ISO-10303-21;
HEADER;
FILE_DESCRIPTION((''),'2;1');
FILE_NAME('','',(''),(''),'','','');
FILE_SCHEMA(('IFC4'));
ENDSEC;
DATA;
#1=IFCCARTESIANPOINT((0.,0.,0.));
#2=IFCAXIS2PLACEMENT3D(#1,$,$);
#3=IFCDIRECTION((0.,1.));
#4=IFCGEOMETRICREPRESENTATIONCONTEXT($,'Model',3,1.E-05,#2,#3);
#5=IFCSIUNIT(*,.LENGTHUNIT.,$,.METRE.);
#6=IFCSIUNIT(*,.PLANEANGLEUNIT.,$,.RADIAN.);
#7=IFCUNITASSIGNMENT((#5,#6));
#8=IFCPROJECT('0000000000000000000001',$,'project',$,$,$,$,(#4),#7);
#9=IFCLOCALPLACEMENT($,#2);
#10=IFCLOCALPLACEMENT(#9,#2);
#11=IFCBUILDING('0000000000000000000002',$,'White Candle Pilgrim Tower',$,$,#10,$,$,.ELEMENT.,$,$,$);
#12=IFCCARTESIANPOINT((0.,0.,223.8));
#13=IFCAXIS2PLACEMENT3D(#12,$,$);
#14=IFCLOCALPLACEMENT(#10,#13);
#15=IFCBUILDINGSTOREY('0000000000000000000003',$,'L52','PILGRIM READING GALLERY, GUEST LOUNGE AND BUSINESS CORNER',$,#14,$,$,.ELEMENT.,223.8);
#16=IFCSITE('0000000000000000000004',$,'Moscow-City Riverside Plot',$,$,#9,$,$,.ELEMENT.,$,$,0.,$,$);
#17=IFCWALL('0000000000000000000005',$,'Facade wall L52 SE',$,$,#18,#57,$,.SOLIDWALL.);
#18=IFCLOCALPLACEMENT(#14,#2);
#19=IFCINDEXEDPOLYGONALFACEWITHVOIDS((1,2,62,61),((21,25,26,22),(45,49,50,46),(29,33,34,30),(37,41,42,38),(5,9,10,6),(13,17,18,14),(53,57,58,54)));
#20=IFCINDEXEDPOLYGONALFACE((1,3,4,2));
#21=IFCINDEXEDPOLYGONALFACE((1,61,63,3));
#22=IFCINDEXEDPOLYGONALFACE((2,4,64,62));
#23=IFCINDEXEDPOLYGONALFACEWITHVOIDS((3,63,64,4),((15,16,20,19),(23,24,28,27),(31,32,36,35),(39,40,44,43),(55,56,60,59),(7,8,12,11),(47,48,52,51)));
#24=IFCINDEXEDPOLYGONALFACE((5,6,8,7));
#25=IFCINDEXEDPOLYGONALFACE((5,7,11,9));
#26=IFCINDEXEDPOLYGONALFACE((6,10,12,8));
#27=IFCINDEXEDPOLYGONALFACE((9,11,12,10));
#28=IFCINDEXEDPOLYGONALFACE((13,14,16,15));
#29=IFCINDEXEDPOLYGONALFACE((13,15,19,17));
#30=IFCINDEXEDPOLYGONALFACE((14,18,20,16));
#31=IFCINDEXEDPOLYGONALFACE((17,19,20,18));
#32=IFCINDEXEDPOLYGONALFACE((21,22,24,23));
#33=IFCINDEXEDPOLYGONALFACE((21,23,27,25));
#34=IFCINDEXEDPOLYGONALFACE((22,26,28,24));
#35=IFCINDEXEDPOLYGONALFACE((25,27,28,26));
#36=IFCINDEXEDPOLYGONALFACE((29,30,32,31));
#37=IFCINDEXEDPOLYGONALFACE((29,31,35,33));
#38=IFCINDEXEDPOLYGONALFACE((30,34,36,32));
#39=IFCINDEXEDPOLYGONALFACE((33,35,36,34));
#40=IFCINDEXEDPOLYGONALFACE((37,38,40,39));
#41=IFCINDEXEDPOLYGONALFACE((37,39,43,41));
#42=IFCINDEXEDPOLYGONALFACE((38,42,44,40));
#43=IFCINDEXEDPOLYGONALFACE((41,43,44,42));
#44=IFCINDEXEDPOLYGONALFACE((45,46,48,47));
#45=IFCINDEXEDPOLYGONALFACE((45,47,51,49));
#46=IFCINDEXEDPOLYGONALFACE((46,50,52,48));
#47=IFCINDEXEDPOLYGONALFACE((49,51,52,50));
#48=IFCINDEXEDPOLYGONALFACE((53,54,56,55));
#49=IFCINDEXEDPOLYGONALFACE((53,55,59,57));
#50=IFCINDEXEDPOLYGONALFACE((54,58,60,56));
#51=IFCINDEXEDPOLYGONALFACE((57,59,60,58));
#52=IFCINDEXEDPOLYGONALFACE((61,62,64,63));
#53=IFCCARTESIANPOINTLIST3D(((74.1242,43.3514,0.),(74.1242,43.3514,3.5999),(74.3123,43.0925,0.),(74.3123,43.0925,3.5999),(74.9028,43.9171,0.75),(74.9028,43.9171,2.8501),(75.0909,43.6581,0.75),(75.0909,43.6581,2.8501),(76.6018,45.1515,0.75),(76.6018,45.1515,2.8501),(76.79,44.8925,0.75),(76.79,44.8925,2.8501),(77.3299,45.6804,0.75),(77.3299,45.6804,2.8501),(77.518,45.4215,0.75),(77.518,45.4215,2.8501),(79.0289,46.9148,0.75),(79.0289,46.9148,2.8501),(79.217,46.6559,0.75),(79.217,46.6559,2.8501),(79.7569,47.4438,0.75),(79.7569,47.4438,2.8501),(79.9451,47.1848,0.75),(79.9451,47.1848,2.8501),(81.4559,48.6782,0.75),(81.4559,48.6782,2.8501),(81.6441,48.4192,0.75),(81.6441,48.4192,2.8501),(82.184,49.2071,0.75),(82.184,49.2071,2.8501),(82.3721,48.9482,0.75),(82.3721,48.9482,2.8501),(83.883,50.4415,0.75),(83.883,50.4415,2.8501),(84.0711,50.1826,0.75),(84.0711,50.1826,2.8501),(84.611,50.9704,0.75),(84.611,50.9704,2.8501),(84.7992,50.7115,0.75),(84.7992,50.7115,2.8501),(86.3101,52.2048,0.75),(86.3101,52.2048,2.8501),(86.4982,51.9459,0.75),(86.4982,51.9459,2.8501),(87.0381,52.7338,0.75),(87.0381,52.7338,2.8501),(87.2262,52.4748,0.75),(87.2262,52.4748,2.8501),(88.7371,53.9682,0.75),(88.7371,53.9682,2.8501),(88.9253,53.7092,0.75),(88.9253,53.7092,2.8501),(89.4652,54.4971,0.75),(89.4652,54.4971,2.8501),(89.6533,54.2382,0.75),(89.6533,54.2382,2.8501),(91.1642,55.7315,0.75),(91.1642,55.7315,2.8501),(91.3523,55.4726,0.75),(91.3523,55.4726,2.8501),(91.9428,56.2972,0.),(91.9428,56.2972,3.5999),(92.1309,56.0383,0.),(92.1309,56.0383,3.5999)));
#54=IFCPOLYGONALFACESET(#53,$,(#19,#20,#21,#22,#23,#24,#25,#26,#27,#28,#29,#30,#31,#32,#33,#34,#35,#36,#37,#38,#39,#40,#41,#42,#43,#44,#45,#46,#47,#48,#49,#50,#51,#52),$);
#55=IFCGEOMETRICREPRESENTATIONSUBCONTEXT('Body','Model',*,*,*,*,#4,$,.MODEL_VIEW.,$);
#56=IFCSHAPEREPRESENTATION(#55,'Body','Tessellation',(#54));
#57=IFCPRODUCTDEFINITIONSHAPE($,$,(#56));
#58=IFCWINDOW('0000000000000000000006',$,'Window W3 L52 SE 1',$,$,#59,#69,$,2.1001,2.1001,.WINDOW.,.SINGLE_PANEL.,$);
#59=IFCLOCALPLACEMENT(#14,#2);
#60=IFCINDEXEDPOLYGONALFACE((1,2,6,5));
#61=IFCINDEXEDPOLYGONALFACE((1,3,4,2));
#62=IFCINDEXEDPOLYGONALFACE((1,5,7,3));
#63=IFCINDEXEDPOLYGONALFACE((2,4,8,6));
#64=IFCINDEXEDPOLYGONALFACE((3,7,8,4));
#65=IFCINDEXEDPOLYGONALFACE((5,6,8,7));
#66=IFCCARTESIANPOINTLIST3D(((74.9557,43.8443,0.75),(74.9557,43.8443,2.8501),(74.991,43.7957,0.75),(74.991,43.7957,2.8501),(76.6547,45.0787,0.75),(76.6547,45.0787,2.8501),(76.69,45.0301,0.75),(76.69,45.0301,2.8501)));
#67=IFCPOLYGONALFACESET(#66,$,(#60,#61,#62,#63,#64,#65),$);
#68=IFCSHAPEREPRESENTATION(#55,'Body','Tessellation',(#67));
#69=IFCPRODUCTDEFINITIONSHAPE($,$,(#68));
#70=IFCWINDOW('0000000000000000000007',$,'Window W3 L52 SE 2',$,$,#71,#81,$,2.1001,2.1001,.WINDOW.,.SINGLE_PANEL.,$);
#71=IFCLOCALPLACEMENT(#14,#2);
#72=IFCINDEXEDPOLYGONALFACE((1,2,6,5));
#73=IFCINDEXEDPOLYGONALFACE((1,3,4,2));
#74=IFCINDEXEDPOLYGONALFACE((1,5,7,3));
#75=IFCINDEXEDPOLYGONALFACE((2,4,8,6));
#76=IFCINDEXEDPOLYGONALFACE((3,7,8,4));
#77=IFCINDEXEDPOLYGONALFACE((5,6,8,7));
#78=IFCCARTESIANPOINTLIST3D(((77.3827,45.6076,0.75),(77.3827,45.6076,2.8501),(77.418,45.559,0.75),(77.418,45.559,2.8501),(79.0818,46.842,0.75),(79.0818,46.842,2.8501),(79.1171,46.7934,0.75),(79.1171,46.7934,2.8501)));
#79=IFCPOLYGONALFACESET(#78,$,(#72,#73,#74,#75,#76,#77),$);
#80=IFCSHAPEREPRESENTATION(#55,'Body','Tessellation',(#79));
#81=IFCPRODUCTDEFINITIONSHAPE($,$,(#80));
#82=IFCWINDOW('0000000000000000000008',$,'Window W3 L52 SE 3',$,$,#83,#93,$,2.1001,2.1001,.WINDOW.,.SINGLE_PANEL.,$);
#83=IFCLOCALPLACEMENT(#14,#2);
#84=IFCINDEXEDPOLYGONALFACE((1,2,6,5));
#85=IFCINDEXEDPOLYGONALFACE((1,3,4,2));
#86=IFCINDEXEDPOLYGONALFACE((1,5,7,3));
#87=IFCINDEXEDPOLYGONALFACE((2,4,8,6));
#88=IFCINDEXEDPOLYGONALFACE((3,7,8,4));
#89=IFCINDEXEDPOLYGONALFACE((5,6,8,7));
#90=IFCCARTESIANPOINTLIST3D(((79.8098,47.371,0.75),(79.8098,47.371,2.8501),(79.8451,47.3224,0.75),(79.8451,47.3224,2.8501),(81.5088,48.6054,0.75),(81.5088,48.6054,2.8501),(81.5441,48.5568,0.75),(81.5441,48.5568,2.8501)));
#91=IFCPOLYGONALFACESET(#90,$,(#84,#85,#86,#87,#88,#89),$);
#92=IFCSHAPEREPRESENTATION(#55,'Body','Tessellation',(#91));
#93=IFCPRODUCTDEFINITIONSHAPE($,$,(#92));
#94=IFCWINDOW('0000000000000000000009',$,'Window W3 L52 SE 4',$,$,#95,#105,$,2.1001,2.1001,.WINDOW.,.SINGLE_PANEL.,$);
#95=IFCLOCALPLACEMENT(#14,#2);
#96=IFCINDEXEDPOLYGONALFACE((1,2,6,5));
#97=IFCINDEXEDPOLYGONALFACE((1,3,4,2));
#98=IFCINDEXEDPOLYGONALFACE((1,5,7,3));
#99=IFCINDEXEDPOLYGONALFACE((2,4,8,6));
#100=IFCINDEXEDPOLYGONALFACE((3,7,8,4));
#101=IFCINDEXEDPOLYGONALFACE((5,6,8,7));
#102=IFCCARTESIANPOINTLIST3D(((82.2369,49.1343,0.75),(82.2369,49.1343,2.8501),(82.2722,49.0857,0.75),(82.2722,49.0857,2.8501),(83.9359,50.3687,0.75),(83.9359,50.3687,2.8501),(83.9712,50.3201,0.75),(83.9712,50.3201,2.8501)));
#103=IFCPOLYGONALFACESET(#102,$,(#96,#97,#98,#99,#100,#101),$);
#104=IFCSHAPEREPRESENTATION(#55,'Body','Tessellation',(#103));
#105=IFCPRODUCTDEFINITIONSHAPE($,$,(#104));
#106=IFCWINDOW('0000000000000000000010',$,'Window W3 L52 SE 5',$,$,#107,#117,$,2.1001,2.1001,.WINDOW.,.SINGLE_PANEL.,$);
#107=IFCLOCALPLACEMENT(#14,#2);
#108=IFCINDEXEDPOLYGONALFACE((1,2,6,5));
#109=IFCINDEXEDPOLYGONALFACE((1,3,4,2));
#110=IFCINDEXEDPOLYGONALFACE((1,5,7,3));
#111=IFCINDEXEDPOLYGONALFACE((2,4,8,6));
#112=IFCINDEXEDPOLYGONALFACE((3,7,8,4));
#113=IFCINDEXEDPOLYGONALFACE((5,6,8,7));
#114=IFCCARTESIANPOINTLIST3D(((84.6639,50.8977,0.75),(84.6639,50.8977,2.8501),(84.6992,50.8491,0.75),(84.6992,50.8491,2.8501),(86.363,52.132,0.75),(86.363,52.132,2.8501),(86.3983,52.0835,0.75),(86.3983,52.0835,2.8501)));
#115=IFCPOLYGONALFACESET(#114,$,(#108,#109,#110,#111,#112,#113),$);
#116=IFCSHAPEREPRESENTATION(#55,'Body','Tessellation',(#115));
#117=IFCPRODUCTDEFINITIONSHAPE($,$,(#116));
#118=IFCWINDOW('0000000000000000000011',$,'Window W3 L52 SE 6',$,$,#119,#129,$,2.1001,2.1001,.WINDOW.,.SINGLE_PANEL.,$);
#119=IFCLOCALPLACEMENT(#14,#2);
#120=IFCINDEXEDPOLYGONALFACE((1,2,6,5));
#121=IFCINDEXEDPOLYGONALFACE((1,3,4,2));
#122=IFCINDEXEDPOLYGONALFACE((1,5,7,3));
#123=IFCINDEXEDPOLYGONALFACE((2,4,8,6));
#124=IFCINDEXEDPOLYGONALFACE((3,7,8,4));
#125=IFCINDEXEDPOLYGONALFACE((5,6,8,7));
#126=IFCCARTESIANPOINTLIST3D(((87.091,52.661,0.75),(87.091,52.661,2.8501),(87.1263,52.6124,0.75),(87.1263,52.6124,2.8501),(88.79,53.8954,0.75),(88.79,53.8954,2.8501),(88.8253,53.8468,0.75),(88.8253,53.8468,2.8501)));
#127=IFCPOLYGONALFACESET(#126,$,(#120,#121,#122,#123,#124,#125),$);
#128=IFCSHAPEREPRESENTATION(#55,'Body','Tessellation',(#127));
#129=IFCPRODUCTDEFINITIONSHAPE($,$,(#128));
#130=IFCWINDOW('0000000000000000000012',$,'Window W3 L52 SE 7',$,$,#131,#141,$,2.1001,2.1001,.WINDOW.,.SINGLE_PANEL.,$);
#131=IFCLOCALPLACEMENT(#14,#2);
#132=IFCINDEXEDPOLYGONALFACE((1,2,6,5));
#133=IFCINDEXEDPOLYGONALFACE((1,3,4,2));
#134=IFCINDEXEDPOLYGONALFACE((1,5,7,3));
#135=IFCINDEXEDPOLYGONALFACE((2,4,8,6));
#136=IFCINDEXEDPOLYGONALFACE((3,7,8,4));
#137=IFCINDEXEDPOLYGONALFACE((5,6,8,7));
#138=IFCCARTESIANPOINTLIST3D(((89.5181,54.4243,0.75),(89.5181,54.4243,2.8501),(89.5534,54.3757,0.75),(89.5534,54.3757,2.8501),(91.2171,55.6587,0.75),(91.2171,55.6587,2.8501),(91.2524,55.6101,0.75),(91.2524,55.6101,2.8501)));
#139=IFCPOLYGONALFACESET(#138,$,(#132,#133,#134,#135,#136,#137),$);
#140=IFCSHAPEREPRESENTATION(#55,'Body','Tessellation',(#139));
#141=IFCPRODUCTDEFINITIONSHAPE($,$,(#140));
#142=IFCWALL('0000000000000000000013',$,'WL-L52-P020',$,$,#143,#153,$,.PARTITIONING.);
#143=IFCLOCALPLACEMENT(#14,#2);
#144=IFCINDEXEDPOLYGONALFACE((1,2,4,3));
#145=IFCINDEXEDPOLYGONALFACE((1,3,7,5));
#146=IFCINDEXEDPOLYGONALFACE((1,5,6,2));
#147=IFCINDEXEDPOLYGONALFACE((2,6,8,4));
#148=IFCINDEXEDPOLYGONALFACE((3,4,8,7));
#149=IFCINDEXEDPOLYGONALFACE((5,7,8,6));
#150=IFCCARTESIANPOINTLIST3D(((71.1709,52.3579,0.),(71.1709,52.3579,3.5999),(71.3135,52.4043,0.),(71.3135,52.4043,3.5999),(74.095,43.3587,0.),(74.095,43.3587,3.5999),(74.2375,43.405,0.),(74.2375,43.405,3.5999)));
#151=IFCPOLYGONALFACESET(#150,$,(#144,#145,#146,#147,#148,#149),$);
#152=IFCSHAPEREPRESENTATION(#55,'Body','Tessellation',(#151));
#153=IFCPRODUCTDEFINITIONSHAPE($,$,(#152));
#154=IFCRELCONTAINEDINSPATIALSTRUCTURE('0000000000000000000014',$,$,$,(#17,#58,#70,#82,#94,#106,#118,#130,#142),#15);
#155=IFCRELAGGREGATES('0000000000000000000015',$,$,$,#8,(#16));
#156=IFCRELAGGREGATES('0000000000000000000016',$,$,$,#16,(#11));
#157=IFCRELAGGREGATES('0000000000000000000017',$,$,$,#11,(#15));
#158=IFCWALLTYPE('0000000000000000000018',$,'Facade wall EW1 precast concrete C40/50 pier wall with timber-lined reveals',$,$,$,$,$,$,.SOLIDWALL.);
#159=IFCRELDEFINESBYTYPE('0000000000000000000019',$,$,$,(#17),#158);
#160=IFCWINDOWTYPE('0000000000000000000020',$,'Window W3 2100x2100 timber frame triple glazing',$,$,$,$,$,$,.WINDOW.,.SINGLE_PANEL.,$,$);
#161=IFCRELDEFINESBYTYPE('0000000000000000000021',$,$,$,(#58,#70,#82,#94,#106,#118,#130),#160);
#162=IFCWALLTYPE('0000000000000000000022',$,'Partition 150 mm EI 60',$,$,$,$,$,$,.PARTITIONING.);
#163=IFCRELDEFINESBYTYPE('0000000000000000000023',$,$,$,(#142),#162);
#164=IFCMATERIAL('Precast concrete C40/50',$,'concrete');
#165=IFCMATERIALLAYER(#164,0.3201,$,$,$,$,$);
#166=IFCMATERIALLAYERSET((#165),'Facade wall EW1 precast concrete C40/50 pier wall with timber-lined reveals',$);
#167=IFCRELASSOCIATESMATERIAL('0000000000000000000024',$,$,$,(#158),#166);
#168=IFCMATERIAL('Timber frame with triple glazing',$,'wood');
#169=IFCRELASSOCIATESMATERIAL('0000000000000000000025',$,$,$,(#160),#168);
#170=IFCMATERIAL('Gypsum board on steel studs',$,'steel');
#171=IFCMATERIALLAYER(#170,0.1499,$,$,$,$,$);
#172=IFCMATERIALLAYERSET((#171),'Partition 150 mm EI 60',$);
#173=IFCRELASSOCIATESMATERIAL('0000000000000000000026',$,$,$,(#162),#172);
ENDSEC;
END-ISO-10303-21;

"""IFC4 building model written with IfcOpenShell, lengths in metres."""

from ifc_helpers import new_model, si_unit, direction, frame, frame_2d, origin, place, context, subcontext, project, spatial, rectangle, extrude, material, layer, layer_set, type_object, element, fill, save


model = new_model("IFC4")

# Units and contexts
model_context = context("Model", 3, precision=1e-05, world=origin(), true_north=direction((0.0, 1.0)))
body_context = subcontext(model_context, "Body", "Model", "MODEL_VIEW")
ifc_project = project(units=[si_unit("LENGTHUNIT", "METRE"), si_unit("PLANEANGLEUNIT", "RADIAN")], contexts=[model_context])

# Site, building, storey
site_placement = place(None, origin())
site = spatial("IfcSite", under=ifc_project, at=site_placement, Name="Moscow-City Riverside Plot", CompositionType="ELEMENT", RefElevation=0.0)
building_placement = place(site_placement, origin())
building = spatial("IfcBuilding", under=site, at=building_placement, Name="White Candle Pilgrim Tower", CompositionType="ELEMENT")
storey_placement = place(building_placement, frame((0.0, 0.0, 223.8)))
storey = spatial("IfcBuildingStorey", under=building, at=storey_placement, Name="L52", Description="PILGRIM READING GALLERY, GUEST LOUNGE AND BUSINESS CORNER", CompositionType="ELEMENT", Elevation=223.8)

# Shared definitions
ifc_material_1 = material(Name="Gypsum board on steel studs", Category="steel")

# Wall, openings, windows
ifc_material_2 = material(Name="Precast concrete C40/50", Category="concrete")
ifc_layer_1 = layer(ifc_material_2, 0.3201)
ifc_layer_set_1 = layer_set([ifc_layer_1], Name="Facade wall EW1 precast concrete C40/50 pier wall with timber-lined reveals")
wall_type_1 = type_object("IfcWallType", Name="Facade wall EW1 precast concrete C40/50 pier wall with timber-lined reveals", PredefinedType="SOLIDWALL", material=ifc_layer_set_1)
wall_1_placement = place(storey_placement, frame((74.2183, 43.2219, 0.0), z_axis=(0.0, 0.0, 1.0), x_axis=(0.809021, 0.58778, 0.0)))
wall_1 = element("IfcWall", 1, at=wall_1_placement, inside=storey, type_object=wall_type_1, Name="Facade wall L52 SE", PredefinedType="SOLIDWALL", context=body_context, shape_type="SweptSolid", body=[
    extrude(rectangle(XDim=22.0249, YDim=0.3201, at=frame_2d((11.0125, 0.0))), origin(), (0.0, 0.0, 1.0), 3.5999),
])
opening_1_placement = place(wall_1_placement, frame((0.9624, 0.0, 0.75)))
opening_1 = element("IfcOpeningElement", 2, at=opening_1_placement, cuts=wall_1, PredefinedType="OPENING", context=body_context, shape_type="SweptSolid", body=[
    extrude(rectangle(XDim=2.1001, YDim=2.1001, at=frame_2d((1.05, 1.05))), frame((0.0, 0.1699, 0.0), z_axis=(0.0, -1.0, 0.0), x_axis=(1.0, 0.0, 0.0)), (0.0, 0.0, 1.0), 0.3401),
])
opening_2_placement = place(wall_1_placement, frame((3.9624, 0.0, 0.75)))
opening_2 = element("IfcOpeningElement", 3, at=opening_2_placement, cuts=wall_1, PredefinedType="OPENING", context=body_context, shape_type="SweptSolid", body=[
    extrude(rectangle(XDim=2.1001, YDim=2.1001, at=frame_2d((1.05, 1.05))), frame((0.0, 0.1699, 0.0), z_axis=(0.0, -1.0, 0.0), x_axis=(1.0, 0.0, 0.0)), (0.0, 0.0, 1.0), 0.3401),
])
opening_3_placement = place(wall_1_placement, frame((6.9624, 0.0, 0.75)))
opening_3 = element("IfcOpeningElement", 4, at=opening_3_placement, cuts=wall_1, PredefinedType="OPENING", context=body_context, shape_type="SweptSolid", body=[
    extrude(rectangle(XDim=2.1001, YDim=2.1001, at=frame_2d((1.05, 1.05))), frame((0.0, 0.1699, 0.0), z_axis=(0.0, -1.0, 0.0), x_axis=(1.0, 0.0, 0.0)), (0.0, 0.0, 1.0), 0.3401),
])
opening_4_placement = place(wall_1_placement, frame((9.9624, 0.0, 0.75)))
opening_4 = element("IfcOpeningElement", 5, at=opening_4_placement, cuts=wall_1, PredefinedType="OPENING", context=body_context, shape_type="SweptSolid", body=[
    extrude(rectangle(XDim=2.1001, YDim=2.1001, at=frame_2d((1.05, 1.05))), frame((0.0, 0.1699, 0.0), z_axis=(0.0, -1.0, 0.0), x_axis=(1.0, 0.0, 0.0)), (0.0, 0.0, 1.0), 0.3401),
])
opening_5_placement = place(wall_1_placement, frame((12.9624, 0.0, 0.75)))
opening_5 = element("IfcOpeningElement", 6, at=opening_5_placement, cuts=wall_1, PredefinedType="OPENING", context=body_context, shape_type="SweptSolid", body=[
    extrude(rectangle(XDim=2.1001, YDim=2.1001, at=frame_2d((1.05, 1.05))), frame((0.0, 0.1699, 0.0), z_axis=(0.0, -1.0, 0.0), x_axis=(1.0, 0.0, 0.0)), (0.0, 0.0, 1.0), 0.3401),
])
opening_6_placement = place(wall_1_placement, frame((15.9624, 0.0, 0.75)))
opening_6 = element("IfcOpeningElement", 7, at=opening_6_placement, cuts=wall_1, PredefinedType="OPENING", context=body_context, shape_type="SweptSolid", body=[
    extrude(rectangle(XDim=2.1001, YDim=2.1001, at=frame_2d((1.05, 1.05))), frame((0.0, 0.1699, 0.0), z_axis=(0.0, -1.0, 0.0), x_axis=(1.0, 0.0, 0.0)), (0.0, 0.0, 1.0), 0.3401),
])
opening_7_placement = place(wall_1_placement, frame((18.9624, 0.0, 0.75)))
opening_7 = element("IfcOpeningElement", 8, at=opening_7_placement, cuts=wall_1, PredefinedType="OPENING", context=body_context, shape_type="SweptSolid", body=[
    extrude(rectangle(XDim=2.1001, YDim=2.1001, at=frame_2d((1.05, 1.05))), frame((0.0, 0.1699, 0.0), z_axis=(0.0, -1.0, 0.0), x_axis=(1.0, 0.0, 0.0)), (0.0, 0.0, 1.0), 0.3401),
])
ifc_material_3 = material(Name="Timber frame with triple glazing", Category="wood")
window_type = type_object("IfcWindowType", Name="Window W3 2100x2100 timber frame triple glazing", PartitioningType="SINGLE_PANEL", PredefinedType="WINDOW", material=ifc_material_3)
window_1_placement = place(opening_1_placement, origin())
window_1 = element("IfcWindow", 9, at=window_1_placement, inside=storey, type_object=window_type, Name="Window W3 L52 SE 1", OverallHeight=2.1001, OverallWidth=2.1001, PartitioningType="SINGLE_PANEL", PredefinedType="WINDOW", context=body_context, shape_type="SweptSolid", body=[
    extrude(rectangle(XDim=2.1001, YDim=2.1001, at=frame_2d((1.05, 1.05))), frame((0.0, 0.0701, 0.0), z_axis=(0.0, -1.0, 0.0), x_axis=(1.0, 0.0, 0.0)), (0.0, 0.0, 1.0), 0.0601),
])
fill(opening_1, window_1)
window_2_placement = place(opening_2_placement, origin())
window_2 = element("IfcWindow", 10, at=window_2_placement, inside=storey, type_object=window_type, Name="Window W3 L52 SE 2", OverallHeight=2.1001, OverallWidth=2.1001, PartitioningType="SINGLE_PANEL", PredefinedType="WINDOW", context=body_context, shape_type="SweptSolid", body=[
    extrude(rectangle(XDim=2.1001, YDim=2.1001, at=frame_2d((1.05, 1.05))), frame((0.0, 0.0701, 0.0), z_axis=(0.0, -1.0, 0.0), x_axis=(1.0, 0.0, 0.0)), (0.0, 0.0, 1.0), 0.0601),
])
fill(opening_2, window_2)
window_3_placement = place(opening_3_placement, origin())
window_3 = element("IfcWindow", 11, at=window_3_placement, inside=storey, type_object=window_type, Name="Window W3 L52 SE 3", OverallHeight=2.1001, OverallWidth=2.1001, PartitioningType="SINGLE_PANEL", PredefinedType="WINDOW", context=body_context, shape_type="SweptSolid", body=[
    extrude(rectangle(XDim=2.1001, YDim=2.1001, at=frame_2d((1.05, 1.05))), frame((0.0, 0.0701, 0.0), z_axis=(0.0, -1.0, 0.0), x_axis=(1.0, 0.0, 0.0)), (0.0, 0.0, 1.0), 0.0601),
])
fill(opening_3, window_3)
window_4_placement = place(opening_4_placement, origin())
window_4 = element("IfcWindow", 12, at=window_4_placement, inside=storey, type_object=window_type, Name="Window W3 L52 SE 4", OverallHeight=2.1001, OverallWidth=2.1001, PartitioningType="SINGLE_PANEL", PredefinedType="WINDOW", context=body_context, shape_type="SweptSolid", body=[
    extrude(rectangle(XDim=2.1001, YDim=2.1001, at=frame_2d((1.05, 1.05))), frame((0.0, 0.0701, 0.0), z_axis=(0.0, -1.0, 0.0), x_axis=(1.0, 0.0, 0.0)), (0.0, 0.0, 1.0), 0.0601),
])
fill(opening_4, window_4)
window_5_placement = place(opening_5_placement, origin())
window_5 = element("IfcWindow", 13, at=window_5_placement, inside=storey, type_object=window_type, Name="Window W3 L52 SE 5", OverallHeight=2.1001, OverallWidth=2.1001, PartitioningType="SINGLE_PANEL", PredefinedType="WINDOW", context=body_context, shape_type="SweptSolid", body=[
    extrude(rectangle(XDim=2.1001, YDim=2.1001, at=frame_2d((1.05, 1.05))), frame((0.0, 0.0701, 0.0), z_axis=(0.0, -1.0, 0.0), x_axis=(1.0, 0.0, 0.0)), (0.0, 0.0, 1.0), 0.0601),
])
fill(opening_5, window_5)
window_6_placement = place(opening_6_placement, origin())
window_6 = element("IfcWindow", 14, at=window_6_placement, inside=storey, type_object=window_type, Name="Window W3 L52 SE 6", OverallHeight=2.1001, OverallWidth=2.1001, PartitioningType="SINGLE_PANEL", PredefinedType="WINDOW", context=body_context, shape_type="SweptSolid", body=[
    extrude(rectangle(XDim=2.1001, YDim=2.1001, at=frame_2d((1.05, 1.05))), frame((0.0, 0.0701, 0.0), z_axis=(0.0, -1.0, 0.0), x_axis=(1.0, 0.0, 0.0)), (0.0, 0.0, 1.0), 0.0601),
])
fill(opening_6, window_6)
window_7_placement = place(opening_7_placement, origin())
window_7 = element("IfcWindow", 15, at=window_7_placement, inside=storey, type_object=window_type, Name="Window W3 L52 SE 7", OverallHeight=2.1001, OverallWidth=2.1001, PartitioningType="SINGLE_PANEL", PredefinedType="WINDOW", context=body_context, shape_type="SweptSolid", body=[
    extrude(rectangle(XDim=2.1001, YDim=2.1001, at=frame_2d((1.05, 1.05))), frame((0.0, 0.0701, 0.0), z_axis=(0.0, -1.0, 0.0), x_axis=(1.0, 0.0, 0.0)), (0.0, 0.0, 1.0), 0.0601),
])
fill(opening_7, window_7)

# Wall
ifc_layer_2 = layer(ifc_material_1, 0.1499)
ifc_layer_set_2 = layer_set([ifc_layer_2], Name="Partition 150 mm EI 60")
wall_type_2 = type_object("IfcWallType", Name="Partition 150 mm EI 60", PredefinedType="PARTITIONING", material=ifc_layer_set_2)
wall_2_placement = place(storey_placement, frame((74.1663, 43.3818, 0.0), z_axis=(0.0, 0.0, 1.0), x_axis=(-0.30902, 0.951055, 0.0)))
element("IfcWall", 16, at=wall_2_placement, inside=storey, type_object=wall_type_2, Name="WL-L52-P020", PredefinedType="PARTITIONING", context=body_context, shape_type="SweptSolid", body=[
    extrude(rectangle(XDim=9.4624, YDim=0.1499, at=frame_2d((4.7312, 0.0))), origin(), (0.0, 0.0, 1.0), 3.5999),
])

save(model, "model.ifc")
